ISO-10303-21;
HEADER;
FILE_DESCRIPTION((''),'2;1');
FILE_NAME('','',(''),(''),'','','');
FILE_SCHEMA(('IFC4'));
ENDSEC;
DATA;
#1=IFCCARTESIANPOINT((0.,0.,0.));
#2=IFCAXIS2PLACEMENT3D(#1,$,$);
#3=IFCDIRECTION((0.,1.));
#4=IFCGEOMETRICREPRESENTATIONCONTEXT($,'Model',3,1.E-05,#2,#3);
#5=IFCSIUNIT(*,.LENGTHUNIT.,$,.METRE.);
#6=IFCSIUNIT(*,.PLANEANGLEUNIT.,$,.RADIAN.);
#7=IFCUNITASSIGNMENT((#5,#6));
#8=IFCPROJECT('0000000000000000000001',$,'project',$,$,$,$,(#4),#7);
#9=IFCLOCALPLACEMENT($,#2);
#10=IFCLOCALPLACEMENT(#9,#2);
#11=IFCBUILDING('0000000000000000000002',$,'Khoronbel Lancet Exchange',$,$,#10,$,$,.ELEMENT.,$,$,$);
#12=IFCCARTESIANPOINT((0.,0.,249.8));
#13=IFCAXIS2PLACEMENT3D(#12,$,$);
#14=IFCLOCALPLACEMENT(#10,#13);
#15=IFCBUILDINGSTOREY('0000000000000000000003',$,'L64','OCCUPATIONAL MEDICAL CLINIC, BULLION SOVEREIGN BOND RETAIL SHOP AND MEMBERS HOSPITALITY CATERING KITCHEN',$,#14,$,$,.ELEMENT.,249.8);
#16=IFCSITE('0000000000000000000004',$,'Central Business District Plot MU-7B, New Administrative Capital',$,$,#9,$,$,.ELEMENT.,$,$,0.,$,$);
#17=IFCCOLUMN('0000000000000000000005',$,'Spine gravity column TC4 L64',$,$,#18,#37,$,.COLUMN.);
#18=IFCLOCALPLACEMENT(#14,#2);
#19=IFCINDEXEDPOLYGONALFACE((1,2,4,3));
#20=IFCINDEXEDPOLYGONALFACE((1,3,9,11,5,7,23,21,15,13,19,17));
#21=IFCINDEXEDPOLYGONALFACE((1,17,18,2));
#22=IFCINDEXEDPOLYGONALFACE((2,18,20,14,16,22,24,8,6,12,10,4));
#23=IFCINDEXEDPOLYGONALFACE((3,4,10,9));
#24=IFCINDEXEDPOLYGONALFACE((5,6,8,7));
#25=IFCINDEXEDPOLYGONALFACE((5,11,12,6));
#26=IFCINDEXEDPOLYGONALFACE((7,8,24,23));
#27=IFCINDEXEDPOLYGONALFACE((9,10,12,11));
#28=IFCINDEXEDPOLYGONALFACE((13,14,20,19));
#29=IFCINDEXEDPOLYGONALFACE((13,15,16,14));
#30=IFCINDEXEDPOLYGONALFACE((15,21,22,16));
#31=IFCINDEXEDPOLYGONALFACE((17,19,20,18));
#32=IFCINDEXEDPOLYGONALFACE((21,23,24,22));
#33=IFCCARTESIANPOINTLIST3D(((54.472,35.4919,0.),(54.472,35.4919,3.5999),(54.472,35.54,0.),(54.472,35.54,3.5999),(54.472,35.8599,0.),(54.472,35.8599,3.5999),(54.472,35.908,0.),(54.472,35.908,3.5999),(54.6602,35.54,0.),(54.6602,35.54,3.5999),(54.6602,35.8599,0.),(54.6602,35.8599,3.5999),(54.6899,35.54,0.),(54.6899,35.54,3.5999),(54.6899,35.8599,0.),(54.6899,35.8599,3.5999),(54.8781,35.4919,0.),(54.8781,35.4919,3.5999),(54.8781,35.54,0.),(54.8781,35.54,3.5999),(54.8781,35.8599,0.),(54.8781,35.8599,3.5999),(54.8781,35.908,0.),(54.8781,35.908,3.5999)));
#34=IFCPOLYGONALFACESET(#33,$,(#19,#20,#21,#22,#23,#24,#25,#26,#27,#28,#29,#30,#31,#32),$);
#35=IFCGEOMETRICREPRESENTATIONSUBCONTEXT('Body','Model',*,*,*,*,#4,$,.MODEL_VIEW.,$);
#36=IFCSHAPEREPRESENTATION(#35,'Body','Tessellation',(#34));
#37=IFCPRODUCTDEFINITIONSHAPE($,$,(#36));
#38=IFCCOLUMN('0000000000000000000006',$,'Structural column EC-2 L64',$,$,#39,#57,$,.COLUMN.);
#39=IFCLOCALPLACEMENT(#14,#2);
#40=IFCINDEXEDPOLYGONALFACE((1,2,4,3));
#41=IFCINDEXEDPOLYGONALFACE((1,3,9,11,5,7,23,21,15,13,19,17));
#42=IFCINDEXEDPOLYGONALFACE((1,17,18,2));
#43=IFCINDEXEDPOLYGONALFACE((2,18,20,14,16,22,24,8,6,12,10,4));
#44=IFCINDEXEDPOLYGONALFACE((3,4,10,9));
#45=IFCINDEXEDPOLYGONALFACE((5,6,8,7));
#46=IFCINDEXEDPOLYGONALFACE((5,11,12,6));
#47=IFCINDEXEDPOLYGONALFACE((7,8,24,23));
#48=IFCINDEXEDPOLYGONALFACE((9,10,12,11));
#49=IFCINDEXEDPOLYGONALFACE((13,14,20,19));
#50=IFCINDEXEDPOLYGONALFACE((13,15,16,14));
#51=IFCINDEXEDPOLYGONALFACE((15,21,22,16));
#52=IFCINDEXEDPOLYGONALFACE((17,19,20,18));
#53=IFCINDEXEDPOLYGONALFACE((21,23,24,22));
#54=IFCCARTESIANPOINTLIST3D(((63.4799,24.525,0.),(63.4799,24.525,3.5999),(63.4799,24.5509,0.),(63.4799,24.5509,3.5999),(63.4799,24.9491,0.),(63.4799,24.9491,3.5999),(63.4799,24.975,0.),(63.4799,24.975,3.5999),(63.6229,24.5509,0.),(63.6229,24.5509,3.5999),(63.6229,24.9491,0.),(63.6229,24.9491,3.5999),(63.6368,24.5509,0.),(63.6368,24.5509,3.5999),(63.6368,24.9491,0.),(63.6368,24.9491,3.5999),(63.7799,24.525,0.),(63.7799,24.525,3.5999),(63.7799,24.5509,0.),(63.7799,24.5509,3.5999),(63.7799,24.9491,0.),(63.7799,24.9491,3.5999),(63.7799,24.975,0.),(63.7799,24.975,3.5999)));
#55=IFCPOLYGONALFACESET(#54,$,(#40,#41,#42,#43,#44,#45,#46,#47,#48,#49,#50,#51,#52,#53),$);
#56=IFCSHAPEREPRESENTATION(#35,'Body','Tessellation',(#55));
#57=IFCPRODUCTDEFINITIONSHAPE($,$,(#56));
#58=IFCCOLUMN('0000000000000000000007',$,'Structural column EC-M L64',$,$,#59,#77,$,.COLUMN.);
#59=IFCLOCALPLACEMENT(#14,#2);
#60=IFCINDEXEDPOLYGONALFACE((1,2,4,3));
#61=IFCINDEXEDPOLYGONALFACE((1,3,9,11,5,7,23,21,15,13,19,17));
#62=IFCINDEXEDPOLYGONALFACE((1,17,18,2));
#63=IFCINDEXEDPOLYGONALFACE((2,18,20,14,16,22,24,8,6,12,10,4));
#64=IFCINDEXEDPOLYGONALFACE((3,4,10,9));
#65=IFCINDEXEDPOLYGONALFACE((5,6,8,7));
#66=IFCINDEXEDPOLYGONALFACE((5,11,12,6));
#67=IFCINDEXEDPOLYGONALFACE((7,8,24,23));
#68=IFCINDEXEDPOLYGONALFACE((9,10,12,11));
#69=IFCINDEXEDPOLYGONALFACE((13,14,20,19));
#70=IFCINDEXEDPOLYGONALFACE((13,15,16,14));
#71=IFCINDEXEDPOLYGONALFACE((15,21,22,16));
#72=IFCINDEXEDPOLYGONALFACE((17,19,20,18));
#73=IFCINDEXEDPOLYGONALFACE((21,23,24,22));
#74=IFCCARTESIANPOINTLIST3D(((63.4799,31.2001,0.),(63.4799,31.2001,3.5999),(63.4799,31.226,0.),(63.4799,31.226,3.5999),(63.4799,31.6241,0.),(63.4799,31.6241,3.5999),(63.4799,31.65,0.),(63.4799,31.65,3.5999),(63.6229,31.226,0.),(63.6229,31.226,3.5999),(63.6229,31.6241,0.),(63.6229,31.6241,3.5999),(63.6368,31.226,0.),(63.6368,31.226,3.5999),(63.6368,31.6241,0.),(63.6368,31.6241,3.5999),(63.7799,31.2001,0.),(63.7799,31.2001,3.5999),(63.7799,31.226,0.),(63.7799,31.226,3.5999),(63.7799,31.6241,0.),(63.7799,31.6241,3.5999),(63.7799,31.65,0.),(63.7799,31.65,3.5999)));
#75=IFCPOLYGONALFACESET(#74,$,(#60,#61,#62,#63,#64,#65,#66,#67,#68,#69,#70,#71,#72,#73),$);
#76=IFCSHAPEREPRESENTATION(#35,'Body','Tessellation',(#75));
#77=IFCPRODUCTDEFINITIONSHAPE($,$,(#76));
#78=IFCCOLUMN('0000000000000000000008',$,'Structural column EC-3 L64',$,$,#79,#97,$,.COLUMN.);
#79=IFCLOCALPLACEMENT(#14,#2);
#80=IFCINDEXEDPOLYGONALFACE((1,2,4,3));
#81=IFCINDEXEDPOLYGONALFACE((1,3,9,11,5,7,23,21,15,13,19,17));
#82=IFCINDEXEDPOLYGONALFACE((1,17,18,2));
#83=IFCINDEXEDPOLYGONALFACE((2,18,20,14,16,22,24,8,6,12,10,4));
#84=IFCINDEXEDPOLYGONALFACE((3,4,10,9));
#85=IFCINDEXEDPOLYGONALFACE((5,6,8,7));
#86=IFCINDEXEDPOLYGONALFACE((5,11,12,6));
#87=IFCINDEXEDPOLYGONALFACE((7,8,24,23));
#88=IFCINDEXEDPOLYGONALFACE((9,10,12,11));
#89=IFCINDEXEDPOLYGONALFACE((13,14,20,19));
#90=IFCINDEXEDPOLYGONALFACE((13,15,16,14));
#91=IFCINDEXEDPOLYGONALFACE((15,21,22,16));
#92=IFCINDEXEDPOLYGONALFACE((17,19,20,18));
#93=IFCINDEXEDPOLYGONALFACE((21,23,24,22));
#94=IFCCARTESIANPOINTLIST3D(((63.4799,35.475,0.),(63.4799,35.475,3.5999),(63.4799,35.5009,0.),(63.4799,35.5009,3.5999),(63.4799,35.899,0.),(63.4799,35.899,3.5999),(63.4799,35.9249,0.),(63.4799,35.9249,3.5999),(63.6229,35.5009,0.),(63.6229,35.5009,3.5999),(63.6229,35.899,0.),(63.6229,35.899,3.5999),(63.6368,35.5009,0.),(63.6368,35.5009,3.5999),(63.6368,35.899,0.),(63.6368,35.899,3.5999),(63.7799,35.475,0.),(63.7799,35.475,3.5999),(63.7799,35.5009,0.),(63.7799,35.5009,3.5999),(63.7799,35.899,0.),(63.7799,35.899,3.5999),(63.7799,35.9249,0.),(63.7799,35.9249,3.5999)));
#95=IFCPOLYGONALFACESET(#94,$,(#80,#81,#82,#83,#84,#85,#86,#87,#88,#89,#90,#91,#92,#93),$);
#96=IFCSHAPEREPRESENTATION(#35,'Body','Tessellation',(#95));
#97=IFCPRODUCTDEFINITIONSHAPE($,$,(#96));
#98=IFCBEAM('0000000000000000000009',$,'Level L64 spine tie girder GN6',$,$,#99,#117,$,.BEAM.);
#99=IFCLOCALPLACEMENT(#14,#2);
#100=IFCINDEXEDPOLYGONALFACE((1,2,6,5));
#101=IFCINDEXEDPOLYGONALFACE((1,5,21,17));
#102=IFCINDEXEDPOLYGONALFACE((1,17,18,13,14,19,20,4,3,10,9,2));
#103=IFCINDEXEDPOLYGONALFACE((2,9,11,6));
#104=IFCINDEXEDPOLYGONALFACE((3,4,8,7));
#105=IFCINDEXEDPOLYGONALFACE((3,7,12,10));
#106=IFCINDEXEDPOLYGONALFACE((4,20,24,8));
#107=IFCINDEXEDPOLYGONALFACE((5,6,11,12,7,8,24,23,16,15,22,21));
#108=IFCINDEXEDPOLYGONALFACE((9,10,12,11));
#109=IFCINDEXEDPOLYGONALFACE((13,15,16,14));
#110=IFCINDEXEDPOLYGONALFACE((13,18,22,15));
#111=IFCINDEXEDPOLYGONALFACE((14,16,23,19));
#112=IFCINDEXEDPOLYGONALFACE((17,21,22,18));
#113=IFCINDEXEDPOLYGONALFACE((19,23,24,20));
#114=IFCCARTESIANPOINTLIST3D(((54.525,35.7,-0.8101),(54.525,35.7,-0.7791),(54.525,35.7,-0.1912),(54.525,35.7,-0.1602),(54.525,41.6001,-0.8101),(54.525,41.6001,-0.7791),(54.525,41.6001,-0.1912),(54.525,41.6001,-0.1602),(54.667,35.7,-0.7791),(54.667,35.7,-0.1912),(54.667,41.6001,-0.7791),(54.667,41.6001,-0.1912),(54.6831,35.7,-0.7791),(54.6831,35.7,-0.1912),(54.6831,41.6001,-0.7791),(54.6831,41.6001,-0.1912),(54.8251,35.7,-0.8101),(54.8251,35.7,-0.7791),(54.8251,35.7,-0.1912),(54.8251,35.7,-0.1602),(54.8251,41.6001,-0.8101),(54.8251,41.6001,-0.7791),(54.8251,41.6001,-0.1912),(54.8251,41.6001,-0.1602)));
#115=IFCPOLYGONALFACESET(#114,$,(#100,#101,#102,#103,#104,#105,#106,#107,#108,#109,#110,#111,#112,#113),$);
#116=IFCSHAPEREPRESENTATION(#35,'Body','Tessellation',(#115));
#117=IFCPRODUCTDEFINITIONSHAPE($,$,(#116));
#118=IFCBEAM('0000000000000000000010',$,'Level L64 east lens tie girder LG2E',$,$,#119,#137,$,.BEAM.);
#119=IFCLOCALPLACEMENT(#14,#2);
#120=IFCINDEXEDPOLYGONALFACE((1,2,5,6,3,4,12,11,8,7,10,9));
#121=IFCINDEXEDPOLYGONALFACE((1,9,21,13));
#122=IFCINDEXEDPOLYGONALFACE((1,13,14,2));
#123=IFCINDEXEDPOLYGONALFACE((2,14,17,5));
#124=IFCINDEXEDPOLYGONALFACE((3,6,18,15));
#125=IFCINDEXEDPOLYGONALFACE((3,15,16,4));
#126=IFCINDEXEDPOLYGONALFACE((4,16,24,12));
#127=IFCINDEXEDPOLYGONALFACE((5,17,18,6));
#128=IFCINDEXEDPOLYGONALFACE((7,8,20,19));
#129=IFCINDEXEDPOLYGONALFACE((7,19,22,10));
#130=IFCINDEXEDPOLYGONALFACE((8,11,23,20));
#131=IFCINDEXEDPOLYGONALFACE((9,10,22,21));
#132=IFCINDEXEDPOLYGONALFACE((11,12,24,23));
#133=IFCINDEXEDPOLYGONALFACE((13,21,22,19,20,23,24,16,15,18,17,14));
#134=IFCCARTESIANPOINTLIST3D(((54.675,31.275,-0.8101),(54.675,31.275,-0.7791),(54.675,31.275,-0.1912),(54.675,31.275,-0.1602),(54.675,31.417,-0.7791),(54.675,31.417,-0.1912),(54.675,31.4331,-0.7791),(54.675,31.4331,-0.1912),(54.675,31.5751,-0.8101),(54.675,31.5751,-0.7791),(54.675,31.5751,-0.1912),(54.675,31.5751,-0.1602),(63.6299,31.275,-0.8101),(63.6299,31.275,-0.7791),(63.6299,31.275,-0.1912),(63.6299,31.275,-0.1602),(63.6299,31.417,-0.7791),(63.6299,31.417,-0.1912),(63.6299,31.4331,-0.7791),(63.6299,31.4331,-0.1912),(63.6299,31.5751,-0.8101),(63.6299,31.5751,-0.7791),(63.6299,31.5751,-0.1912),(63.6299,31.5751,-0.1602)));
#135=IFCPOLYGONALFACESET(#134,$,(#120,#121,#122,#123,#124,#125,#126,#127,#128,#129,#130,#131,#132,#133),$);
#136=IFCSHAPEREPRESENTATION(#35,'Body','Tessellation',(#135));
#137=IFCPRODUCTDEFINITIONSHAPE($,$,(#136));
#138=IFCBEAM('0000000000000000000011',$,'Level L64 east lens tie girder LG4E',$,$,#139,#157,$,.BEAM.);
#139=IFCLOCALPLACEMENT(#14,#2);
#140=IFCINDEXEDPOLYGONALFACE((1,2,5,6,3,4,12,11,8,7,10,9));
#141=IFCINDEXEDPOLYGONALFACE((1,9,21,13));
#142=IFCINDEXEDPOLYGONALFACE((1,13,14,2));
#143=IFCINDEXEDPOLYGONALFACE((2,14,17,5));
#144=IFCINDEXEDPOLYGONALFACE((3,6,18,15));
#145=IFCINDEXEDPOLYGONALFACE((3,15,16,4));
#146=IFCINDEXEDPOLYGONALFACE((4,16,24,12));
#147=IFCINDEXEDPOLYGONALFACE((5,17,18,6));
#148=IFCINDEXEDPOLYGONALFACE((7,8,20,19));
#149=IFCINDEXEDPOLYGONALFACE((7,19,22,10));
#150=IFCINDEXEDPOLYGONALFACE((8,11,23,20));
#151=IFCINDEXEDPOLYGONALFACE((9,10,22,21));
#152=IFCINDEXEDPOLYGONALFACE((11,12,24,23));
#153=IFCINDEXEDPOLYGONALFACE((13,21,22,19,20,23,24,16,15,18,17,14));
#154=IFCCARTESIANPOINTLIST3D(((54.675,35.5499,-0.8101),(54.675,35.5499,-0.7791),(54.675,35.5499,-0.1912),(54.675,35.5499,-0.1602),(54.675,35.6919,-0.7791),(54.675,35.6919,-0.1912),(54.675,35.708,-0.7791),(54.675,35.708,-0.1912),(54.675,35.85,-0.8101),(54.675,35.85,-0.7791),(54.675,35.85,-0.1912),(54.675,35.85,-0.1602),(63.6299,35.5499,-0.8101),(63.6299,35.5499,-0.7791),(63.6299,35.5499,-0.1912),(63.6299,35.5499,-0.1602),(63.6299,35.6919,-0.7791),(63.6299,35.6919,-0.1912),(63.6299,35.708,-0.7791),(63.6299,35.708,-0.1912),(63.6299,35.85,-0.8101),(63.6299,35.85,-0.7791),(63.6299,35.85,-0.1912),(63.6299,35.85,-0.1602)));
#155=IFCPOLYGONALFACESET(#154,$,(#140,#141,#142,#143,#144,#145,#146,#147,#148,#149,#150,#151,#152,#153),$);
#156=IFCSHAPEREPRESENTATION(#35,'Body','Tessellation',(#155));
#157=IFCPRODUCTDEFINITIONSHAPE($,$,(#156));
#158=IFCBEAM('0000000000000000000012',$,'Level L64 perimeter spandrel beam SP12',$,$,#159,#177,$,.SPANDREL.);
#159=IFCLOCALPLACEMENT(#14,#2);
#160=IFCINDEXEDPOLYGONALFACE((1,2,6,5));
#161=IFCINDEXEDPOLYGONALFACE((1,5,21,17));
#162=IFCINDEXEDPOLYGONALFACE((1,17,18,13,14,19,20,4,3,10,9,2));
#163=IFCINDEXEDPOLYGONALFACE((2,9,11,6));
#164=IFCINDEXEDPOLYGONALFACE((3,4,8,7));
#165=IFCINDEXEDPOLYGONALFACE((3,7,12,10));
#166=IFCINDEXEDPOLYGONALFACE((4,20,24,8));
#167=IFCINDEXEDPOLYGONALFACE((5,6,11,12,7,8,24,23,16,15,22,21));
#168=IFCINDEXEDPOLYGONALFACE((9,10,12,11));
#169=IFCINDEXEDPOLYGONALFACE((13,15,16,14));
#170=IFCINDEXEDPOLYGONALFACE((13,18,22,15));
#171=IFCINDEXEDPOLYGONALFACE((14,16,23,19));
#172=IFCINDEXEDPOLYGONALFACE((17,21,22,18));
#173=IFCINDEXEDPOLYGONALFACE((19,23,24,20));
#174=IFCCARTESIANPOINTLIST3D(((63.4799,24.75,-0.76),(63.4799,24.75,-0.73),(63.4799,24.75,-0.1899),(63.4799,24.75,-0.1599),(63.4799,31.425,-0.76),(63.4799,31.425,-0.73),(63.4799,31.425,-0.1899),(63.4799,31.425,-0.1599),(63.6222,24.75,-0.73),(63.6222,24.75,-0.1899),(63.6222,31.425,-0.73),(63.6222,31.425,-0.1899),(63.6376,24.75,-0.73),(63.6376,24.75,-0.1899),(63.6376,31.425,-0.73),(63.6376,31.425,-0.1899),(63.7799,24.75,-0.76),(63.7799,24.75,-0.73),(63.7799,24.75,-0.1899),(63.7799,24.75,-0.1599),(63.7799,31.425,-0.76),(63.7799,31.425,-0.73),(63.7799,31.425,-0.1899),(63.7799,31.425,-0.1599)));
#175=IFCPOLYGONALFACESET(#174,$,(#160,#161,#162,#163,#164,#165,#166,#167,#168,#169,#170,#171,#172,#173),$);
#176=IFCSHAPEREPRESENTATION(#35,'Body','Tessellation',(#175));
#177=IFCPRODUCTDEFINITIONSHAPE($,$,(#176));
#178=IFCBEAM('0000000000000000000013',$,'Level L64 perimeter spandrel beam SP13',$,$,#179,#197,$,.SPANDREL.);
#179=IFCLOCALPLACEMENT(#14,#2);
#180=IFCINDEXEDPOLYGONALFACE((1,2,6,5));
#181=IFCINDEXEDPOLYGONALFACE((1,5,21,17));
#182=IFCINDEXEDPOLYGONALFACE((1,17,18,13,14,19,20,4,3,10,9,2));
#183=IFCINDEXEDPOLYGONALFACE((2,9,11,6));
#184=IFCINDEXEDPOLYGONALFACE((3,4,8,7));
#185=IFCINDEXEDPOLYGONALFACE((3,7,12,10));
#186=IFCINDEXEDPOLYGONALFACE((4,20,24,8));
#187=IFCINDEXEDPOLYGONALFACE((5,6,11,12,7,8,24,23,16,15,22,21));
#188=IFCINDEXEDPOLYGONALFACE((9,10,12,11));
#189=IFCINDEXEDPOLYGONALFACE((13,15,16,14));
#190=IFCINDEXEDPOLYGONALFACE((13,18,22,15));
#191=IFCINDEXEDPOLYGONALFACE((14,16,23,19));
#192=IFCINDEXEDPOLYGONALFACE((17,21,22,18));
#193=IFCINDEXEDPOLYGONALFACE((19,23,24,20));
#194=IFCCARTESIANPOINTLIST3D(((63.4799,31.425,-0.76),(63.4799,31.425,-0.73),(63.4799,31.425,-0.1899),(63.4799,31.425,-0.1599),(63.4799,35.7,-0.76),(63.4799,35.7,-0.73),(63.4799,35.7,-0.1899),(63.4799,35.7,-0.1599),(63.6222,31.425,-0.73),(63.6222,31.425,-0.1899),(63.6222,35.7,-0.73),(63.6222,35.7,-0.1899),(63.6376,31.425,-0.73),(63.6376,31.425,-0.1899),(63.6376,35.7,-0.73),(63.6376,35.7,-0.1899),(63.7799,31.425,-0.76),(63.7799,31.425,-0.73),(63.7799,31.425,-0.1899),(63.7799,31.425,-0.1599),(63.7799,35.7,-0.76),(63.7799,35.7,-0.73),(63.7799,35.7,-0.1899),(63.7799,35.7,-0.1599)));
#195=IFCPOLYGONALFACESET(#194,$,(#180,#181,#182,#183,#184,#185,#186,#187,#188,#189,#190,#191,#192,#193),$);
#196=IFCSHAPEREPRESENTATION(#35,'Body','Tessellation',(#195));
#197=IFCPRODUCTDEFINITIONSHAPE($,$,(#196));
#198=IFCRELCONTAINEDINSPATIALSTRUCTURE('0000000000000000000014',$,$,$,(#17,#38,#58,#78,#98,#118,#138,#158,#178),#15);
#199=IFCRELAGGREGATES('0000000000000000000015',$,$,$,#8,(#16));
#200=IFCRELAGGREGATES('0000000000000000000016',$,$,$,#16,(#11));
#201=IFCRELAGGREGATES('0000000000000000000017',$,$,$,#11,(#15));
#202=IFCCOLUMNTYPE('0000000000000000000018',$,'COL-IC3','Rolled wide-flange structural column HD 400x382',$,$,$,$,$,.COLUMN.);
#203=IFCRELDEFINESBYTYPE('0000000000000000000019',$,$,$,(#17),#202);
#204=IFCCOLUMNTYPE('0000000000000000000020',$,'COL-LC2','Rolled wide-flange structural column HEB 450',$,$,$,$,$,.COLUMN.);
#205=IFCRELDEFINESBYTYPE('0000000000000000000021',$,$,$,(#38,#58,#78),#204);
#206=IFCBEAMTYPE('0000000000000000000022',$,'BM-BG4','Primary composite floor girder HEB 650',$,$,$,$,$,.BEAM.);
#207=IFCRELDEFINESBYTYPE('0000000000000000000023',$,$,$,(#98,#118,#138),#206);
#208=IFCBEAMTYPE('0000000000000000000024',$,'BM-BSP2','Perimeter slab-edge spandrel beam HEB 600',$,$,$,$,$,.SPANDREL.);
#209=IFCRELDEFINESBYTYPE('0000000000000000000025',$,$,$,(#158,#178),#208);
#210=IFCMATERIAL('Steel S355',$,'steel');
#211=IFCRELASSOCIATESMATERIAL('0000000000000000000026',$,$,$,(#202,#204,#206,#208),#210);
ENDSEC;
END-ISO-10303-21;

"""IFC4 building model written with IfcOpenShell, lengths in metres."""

from ifc_helpers import new_model, si_unit, direction, frame, origin, origin_2d, place, context, subcontext, project, spatial, i_section, extrude, material, material_profile, profile_set, type_object, element, save


model = new_model("IFC4")

# Units and contexts
model_context = context("Model", 3, precision=1e-05, world=origin(), true_north=direction((0.0, 1.0)))
body_context = subcontext(model_context, "Body", "Model", "MODEL_VIEW")
ifc_project = project(units=[si_unit("LENGTHUNIT", "METRE"), si_unit("PLANEANGLEUNIT", "RADIAN")], contexts=[model_context])

# Site, building, storey
site_placement = place(None, origin())
site = spatial("IfcSite", under=ifc_project, at=site_placement, Name="Central Business District Plot MU-7B, New Administrative Capital", CompositionType="ELEMENT", RefElevation=0.0)
building_placement = place(site_placement, origin())
building = spatial("IfcBuilding", under=site, at=building_placement, Name="Khoronbel Lancet Exchange", CompositionType="ELEMENT")
storey_placement = place(building_placement, frame((0.0, 0.0, 249.8)))
storey = spatial("IfcBuildingStorey", under=building, at=storey_placement, Name="L64", Description="OCCUPATIONAL MEDICAL CLINIC, BULLION SOVEREIGN BOND RETAIL SHOP AND MEMBERS HOSPITALITY CATERING KITCHEN", CompositionType="ELEMENT", Elevation=249.8)

# Columns
ifc_material_1 = material(Name="Steel S355", Category="steel")
ifc_material_profile_1 = material_profile(ifc_material_1, i_section(OverallWidth=0.406, OverallDepth=0.416, WebThickness=0.0298, FlangeThickness=0.0481, at=origin_2d()), Name="HD 400x382")
ifc_profile_set_1 = profile_set([ifc_material_profile_1], Name="Steel S355")
column_type_1 = type_object("IfcColumnType", Name="COL-IC3", Description="Rolled wide-flange structural column HD 400x382", PredefinedType="COLUMN", material=ifc_profile_set_1)
column_placement = place(storey_placement, frame((54.675, 35.7, 0.0), z_axis=(0.0, 0.0, 1.0), x_axis=(1.0, 0.0, 0.0)))
element("IfcColumn", 1, at=column_placement, inside=storey, type_object=column_type_1, Name="Spine gravity column TC4 L64", PredefinedType="COLUMN", context=body_context, shape_type="SweptSolid", body=[
    extrude(i_section(OverallWidth=0.406, OverallDepth=0.416, WebThickness=0.0298, FlangeThickness=0.0481, at=origin_2d()), origin(), (0.0, 0.0, 1.0), 3.5999),
])
ifc_material_profile_2 = material_profile(ifc_material_1, i_section(OverallWidth=0.3, OverallDepth=0.45, WebThickness=0.0139, FlangeThickness=0.0259, at=origin_2d()), Name="HEB 450")
ifc_profile_set_2 = profile_set([ifc_material_profile_2], Name="Steel S355")
column_type_2 = type_object("IfcColumnType", Name="COL-LC2", Description="Rolled wide-flange structural column HEB 450", PredefinedType="COLUMN", material=ifc_profile_set_2)
for number, where, z_axis, x_axis, name in (
    (2, (63.6299, 24.75, 0.0), (0.0, 0.0, 1.0), (1.0, 0.0, 0.0), "Structural column EC-2 L64"),
    (3, (63.6299, 31.425, 0.0), (0.0, 0.0, 1.0), (1.0, 0.0, 0.0), "Structural column EC-M L64"),
    (4, (63.6299, 35.7, 0.0), (0.0, 0.0, 1.0), (1.0, 0.0, 0.0), "Structural column EC-3 L64"),
):
    element("IfcColumn", number, at=place(storey_placement, frame(where, z_axis=z_axis, x_axis=x_axis)), inside=storey, type_object=column_type_2, Name=name, PredefinedType="COLUMN", context=body_context, shape_type="SweptSolid", body=[
        extrude(i_section(OverallWidth=0.3, OverallDepth=0.45, WebThickness=0.0139, FlangeThickness=0.0259, at=origin_2d()), origin(), (0.0, 0.0, 1.0), 3.5999),
    ])

# Beams
ifc_material_profile_3 = material_profile(ifc_material_1, i_section(OverallWidth=0.3, OverallDepth=0.6499, WebThickness=0.0161, FlangeThickness=0.031, at=origin_2d()), Name="HEB 650")
ifc_profile_set_3 = profile_set([ifc_material_profile_3], Name="Steel S355")
beam_type_1 = type_object("IfcBeamType", Name="BM-BG4", Description="Primary composite floor girder HEB 650", PredefinedType="BEAM", material=ifc_profile_set_3)
beam_1_placement = place(storey_placement, frame((54.675, 35.7, -0.4851), z_axis=(0.0, 1.0, 0.0), x_axis=(-1.0, 0.0, 0.0)))
element("IfcBeam", 5, at=beam_1_placement, inside=storey, type_object=beam_type_1, Name="Level L64 spine tie girder GN6", PredefinedType="BEAM", context=body_context, shape_type="SweptSolid", body=[
    extrude(i_section(OverallWidth=0.3, OverallDepth=0.6499, WebThickness=0.0161, FlangeThickness=0.031, at=origin_2d()), origin(), (0.0, 0.0, 1.0), 5.9001),
])
for number, where, z_axis, x_axis, name in (
    (6, (54.675, 31.425, -0.4851), (1.0, 0.0, 0.0), (0.0, 1.0, 0.0), "Level L64 east lens tie girder LG2E"),
    (7, (54.675, 35.7, -0.4851), (1.0, 0.0, 0.0), (0.0, 1.0, 0.0), "Level L64 east lens tie girder LG4E"),
):
    element("IfcBeam", number, at=place(storey_placement, frame(where, z_axis=z_axis, x_axis=x_axis)), inside=storey, type_object=beam_type_1, Name=name, PredefinedType="BEAM", context=body_context, shape_type="SweptSolid", body=[
        extrude(i_section(OverallWidth=0.3, OverallDepth=0.6499, WebThickness=0.0161, FlangeThickness=0.031, at=origin_2d()), origin(), (0.0, 0.0, 1.0), 8.9548),
    ])
ifc_material_profile_4 = material_profile(ifc_material_1, i_section(OverallWidth=0.3, OverallDepth=0.6001, WebThickness=0.0154, FlangeThickness=0.03, at=origin_2d()), Name="HEB 600")
ifc_profile_set_4 = profile_set([ifc_material_profile_4], Name="Steel S355")
beam_type_2 = type_object("IfcBeamType", Name="BM-BSP2", Description="Perimeter slab-edge spandrel beam HEB 600", PredefinedType="SPANDREL", material=ifc_profile_set_4)
beam_2_placement = place(storey_placement, frame((63.6299, 24.75, -0.46), z_axis=(0.0, 1.0, 0.0), x_axis=(-1.0, 0.0, 0.0)))
element("IfcBeam", 8, at=beam_2_placement, inside=storey, type_object=beam_type_2, Name="Level L64 perimeter spandrel beam SP12", PredefinedType="SPANDREL", context=body_context, shape_type="SweptSolid", body=[
    extrude(i_section(OverallWidth=0.3, OverallDepth=0.6001, WebThickness=0.0154, FlangeThickness=0.03, at=origin_2d()), origin(), (0.0, 0.0, 1.0), 6.675),
])
beam_3_placement = place(storey_placement, frame((63.6299, 31.425, -0.46), z_axis=(0.0, 1.0, 0.0), x_axis=(-1.0, 0.0, 0.0)))
element("IfcBeam", 9, at=beam_3_placement, inside=storey, type_object=beam_type_2, Name="Level L64 perimeter spandrel beam SP13", PredefinedType="SPANDREL", context=body_context, shape_type="SweptSolid", body=[
    extrude(i_section(OverallWidth=0.3, OverallDepth=0.6001, WebThickness=0.0154, FlangeThickness=0.03, at=origin_2d()), origin(), (0.0, 0.0, 1.0), 4.2749),
])

save(model, "model.ifc")
